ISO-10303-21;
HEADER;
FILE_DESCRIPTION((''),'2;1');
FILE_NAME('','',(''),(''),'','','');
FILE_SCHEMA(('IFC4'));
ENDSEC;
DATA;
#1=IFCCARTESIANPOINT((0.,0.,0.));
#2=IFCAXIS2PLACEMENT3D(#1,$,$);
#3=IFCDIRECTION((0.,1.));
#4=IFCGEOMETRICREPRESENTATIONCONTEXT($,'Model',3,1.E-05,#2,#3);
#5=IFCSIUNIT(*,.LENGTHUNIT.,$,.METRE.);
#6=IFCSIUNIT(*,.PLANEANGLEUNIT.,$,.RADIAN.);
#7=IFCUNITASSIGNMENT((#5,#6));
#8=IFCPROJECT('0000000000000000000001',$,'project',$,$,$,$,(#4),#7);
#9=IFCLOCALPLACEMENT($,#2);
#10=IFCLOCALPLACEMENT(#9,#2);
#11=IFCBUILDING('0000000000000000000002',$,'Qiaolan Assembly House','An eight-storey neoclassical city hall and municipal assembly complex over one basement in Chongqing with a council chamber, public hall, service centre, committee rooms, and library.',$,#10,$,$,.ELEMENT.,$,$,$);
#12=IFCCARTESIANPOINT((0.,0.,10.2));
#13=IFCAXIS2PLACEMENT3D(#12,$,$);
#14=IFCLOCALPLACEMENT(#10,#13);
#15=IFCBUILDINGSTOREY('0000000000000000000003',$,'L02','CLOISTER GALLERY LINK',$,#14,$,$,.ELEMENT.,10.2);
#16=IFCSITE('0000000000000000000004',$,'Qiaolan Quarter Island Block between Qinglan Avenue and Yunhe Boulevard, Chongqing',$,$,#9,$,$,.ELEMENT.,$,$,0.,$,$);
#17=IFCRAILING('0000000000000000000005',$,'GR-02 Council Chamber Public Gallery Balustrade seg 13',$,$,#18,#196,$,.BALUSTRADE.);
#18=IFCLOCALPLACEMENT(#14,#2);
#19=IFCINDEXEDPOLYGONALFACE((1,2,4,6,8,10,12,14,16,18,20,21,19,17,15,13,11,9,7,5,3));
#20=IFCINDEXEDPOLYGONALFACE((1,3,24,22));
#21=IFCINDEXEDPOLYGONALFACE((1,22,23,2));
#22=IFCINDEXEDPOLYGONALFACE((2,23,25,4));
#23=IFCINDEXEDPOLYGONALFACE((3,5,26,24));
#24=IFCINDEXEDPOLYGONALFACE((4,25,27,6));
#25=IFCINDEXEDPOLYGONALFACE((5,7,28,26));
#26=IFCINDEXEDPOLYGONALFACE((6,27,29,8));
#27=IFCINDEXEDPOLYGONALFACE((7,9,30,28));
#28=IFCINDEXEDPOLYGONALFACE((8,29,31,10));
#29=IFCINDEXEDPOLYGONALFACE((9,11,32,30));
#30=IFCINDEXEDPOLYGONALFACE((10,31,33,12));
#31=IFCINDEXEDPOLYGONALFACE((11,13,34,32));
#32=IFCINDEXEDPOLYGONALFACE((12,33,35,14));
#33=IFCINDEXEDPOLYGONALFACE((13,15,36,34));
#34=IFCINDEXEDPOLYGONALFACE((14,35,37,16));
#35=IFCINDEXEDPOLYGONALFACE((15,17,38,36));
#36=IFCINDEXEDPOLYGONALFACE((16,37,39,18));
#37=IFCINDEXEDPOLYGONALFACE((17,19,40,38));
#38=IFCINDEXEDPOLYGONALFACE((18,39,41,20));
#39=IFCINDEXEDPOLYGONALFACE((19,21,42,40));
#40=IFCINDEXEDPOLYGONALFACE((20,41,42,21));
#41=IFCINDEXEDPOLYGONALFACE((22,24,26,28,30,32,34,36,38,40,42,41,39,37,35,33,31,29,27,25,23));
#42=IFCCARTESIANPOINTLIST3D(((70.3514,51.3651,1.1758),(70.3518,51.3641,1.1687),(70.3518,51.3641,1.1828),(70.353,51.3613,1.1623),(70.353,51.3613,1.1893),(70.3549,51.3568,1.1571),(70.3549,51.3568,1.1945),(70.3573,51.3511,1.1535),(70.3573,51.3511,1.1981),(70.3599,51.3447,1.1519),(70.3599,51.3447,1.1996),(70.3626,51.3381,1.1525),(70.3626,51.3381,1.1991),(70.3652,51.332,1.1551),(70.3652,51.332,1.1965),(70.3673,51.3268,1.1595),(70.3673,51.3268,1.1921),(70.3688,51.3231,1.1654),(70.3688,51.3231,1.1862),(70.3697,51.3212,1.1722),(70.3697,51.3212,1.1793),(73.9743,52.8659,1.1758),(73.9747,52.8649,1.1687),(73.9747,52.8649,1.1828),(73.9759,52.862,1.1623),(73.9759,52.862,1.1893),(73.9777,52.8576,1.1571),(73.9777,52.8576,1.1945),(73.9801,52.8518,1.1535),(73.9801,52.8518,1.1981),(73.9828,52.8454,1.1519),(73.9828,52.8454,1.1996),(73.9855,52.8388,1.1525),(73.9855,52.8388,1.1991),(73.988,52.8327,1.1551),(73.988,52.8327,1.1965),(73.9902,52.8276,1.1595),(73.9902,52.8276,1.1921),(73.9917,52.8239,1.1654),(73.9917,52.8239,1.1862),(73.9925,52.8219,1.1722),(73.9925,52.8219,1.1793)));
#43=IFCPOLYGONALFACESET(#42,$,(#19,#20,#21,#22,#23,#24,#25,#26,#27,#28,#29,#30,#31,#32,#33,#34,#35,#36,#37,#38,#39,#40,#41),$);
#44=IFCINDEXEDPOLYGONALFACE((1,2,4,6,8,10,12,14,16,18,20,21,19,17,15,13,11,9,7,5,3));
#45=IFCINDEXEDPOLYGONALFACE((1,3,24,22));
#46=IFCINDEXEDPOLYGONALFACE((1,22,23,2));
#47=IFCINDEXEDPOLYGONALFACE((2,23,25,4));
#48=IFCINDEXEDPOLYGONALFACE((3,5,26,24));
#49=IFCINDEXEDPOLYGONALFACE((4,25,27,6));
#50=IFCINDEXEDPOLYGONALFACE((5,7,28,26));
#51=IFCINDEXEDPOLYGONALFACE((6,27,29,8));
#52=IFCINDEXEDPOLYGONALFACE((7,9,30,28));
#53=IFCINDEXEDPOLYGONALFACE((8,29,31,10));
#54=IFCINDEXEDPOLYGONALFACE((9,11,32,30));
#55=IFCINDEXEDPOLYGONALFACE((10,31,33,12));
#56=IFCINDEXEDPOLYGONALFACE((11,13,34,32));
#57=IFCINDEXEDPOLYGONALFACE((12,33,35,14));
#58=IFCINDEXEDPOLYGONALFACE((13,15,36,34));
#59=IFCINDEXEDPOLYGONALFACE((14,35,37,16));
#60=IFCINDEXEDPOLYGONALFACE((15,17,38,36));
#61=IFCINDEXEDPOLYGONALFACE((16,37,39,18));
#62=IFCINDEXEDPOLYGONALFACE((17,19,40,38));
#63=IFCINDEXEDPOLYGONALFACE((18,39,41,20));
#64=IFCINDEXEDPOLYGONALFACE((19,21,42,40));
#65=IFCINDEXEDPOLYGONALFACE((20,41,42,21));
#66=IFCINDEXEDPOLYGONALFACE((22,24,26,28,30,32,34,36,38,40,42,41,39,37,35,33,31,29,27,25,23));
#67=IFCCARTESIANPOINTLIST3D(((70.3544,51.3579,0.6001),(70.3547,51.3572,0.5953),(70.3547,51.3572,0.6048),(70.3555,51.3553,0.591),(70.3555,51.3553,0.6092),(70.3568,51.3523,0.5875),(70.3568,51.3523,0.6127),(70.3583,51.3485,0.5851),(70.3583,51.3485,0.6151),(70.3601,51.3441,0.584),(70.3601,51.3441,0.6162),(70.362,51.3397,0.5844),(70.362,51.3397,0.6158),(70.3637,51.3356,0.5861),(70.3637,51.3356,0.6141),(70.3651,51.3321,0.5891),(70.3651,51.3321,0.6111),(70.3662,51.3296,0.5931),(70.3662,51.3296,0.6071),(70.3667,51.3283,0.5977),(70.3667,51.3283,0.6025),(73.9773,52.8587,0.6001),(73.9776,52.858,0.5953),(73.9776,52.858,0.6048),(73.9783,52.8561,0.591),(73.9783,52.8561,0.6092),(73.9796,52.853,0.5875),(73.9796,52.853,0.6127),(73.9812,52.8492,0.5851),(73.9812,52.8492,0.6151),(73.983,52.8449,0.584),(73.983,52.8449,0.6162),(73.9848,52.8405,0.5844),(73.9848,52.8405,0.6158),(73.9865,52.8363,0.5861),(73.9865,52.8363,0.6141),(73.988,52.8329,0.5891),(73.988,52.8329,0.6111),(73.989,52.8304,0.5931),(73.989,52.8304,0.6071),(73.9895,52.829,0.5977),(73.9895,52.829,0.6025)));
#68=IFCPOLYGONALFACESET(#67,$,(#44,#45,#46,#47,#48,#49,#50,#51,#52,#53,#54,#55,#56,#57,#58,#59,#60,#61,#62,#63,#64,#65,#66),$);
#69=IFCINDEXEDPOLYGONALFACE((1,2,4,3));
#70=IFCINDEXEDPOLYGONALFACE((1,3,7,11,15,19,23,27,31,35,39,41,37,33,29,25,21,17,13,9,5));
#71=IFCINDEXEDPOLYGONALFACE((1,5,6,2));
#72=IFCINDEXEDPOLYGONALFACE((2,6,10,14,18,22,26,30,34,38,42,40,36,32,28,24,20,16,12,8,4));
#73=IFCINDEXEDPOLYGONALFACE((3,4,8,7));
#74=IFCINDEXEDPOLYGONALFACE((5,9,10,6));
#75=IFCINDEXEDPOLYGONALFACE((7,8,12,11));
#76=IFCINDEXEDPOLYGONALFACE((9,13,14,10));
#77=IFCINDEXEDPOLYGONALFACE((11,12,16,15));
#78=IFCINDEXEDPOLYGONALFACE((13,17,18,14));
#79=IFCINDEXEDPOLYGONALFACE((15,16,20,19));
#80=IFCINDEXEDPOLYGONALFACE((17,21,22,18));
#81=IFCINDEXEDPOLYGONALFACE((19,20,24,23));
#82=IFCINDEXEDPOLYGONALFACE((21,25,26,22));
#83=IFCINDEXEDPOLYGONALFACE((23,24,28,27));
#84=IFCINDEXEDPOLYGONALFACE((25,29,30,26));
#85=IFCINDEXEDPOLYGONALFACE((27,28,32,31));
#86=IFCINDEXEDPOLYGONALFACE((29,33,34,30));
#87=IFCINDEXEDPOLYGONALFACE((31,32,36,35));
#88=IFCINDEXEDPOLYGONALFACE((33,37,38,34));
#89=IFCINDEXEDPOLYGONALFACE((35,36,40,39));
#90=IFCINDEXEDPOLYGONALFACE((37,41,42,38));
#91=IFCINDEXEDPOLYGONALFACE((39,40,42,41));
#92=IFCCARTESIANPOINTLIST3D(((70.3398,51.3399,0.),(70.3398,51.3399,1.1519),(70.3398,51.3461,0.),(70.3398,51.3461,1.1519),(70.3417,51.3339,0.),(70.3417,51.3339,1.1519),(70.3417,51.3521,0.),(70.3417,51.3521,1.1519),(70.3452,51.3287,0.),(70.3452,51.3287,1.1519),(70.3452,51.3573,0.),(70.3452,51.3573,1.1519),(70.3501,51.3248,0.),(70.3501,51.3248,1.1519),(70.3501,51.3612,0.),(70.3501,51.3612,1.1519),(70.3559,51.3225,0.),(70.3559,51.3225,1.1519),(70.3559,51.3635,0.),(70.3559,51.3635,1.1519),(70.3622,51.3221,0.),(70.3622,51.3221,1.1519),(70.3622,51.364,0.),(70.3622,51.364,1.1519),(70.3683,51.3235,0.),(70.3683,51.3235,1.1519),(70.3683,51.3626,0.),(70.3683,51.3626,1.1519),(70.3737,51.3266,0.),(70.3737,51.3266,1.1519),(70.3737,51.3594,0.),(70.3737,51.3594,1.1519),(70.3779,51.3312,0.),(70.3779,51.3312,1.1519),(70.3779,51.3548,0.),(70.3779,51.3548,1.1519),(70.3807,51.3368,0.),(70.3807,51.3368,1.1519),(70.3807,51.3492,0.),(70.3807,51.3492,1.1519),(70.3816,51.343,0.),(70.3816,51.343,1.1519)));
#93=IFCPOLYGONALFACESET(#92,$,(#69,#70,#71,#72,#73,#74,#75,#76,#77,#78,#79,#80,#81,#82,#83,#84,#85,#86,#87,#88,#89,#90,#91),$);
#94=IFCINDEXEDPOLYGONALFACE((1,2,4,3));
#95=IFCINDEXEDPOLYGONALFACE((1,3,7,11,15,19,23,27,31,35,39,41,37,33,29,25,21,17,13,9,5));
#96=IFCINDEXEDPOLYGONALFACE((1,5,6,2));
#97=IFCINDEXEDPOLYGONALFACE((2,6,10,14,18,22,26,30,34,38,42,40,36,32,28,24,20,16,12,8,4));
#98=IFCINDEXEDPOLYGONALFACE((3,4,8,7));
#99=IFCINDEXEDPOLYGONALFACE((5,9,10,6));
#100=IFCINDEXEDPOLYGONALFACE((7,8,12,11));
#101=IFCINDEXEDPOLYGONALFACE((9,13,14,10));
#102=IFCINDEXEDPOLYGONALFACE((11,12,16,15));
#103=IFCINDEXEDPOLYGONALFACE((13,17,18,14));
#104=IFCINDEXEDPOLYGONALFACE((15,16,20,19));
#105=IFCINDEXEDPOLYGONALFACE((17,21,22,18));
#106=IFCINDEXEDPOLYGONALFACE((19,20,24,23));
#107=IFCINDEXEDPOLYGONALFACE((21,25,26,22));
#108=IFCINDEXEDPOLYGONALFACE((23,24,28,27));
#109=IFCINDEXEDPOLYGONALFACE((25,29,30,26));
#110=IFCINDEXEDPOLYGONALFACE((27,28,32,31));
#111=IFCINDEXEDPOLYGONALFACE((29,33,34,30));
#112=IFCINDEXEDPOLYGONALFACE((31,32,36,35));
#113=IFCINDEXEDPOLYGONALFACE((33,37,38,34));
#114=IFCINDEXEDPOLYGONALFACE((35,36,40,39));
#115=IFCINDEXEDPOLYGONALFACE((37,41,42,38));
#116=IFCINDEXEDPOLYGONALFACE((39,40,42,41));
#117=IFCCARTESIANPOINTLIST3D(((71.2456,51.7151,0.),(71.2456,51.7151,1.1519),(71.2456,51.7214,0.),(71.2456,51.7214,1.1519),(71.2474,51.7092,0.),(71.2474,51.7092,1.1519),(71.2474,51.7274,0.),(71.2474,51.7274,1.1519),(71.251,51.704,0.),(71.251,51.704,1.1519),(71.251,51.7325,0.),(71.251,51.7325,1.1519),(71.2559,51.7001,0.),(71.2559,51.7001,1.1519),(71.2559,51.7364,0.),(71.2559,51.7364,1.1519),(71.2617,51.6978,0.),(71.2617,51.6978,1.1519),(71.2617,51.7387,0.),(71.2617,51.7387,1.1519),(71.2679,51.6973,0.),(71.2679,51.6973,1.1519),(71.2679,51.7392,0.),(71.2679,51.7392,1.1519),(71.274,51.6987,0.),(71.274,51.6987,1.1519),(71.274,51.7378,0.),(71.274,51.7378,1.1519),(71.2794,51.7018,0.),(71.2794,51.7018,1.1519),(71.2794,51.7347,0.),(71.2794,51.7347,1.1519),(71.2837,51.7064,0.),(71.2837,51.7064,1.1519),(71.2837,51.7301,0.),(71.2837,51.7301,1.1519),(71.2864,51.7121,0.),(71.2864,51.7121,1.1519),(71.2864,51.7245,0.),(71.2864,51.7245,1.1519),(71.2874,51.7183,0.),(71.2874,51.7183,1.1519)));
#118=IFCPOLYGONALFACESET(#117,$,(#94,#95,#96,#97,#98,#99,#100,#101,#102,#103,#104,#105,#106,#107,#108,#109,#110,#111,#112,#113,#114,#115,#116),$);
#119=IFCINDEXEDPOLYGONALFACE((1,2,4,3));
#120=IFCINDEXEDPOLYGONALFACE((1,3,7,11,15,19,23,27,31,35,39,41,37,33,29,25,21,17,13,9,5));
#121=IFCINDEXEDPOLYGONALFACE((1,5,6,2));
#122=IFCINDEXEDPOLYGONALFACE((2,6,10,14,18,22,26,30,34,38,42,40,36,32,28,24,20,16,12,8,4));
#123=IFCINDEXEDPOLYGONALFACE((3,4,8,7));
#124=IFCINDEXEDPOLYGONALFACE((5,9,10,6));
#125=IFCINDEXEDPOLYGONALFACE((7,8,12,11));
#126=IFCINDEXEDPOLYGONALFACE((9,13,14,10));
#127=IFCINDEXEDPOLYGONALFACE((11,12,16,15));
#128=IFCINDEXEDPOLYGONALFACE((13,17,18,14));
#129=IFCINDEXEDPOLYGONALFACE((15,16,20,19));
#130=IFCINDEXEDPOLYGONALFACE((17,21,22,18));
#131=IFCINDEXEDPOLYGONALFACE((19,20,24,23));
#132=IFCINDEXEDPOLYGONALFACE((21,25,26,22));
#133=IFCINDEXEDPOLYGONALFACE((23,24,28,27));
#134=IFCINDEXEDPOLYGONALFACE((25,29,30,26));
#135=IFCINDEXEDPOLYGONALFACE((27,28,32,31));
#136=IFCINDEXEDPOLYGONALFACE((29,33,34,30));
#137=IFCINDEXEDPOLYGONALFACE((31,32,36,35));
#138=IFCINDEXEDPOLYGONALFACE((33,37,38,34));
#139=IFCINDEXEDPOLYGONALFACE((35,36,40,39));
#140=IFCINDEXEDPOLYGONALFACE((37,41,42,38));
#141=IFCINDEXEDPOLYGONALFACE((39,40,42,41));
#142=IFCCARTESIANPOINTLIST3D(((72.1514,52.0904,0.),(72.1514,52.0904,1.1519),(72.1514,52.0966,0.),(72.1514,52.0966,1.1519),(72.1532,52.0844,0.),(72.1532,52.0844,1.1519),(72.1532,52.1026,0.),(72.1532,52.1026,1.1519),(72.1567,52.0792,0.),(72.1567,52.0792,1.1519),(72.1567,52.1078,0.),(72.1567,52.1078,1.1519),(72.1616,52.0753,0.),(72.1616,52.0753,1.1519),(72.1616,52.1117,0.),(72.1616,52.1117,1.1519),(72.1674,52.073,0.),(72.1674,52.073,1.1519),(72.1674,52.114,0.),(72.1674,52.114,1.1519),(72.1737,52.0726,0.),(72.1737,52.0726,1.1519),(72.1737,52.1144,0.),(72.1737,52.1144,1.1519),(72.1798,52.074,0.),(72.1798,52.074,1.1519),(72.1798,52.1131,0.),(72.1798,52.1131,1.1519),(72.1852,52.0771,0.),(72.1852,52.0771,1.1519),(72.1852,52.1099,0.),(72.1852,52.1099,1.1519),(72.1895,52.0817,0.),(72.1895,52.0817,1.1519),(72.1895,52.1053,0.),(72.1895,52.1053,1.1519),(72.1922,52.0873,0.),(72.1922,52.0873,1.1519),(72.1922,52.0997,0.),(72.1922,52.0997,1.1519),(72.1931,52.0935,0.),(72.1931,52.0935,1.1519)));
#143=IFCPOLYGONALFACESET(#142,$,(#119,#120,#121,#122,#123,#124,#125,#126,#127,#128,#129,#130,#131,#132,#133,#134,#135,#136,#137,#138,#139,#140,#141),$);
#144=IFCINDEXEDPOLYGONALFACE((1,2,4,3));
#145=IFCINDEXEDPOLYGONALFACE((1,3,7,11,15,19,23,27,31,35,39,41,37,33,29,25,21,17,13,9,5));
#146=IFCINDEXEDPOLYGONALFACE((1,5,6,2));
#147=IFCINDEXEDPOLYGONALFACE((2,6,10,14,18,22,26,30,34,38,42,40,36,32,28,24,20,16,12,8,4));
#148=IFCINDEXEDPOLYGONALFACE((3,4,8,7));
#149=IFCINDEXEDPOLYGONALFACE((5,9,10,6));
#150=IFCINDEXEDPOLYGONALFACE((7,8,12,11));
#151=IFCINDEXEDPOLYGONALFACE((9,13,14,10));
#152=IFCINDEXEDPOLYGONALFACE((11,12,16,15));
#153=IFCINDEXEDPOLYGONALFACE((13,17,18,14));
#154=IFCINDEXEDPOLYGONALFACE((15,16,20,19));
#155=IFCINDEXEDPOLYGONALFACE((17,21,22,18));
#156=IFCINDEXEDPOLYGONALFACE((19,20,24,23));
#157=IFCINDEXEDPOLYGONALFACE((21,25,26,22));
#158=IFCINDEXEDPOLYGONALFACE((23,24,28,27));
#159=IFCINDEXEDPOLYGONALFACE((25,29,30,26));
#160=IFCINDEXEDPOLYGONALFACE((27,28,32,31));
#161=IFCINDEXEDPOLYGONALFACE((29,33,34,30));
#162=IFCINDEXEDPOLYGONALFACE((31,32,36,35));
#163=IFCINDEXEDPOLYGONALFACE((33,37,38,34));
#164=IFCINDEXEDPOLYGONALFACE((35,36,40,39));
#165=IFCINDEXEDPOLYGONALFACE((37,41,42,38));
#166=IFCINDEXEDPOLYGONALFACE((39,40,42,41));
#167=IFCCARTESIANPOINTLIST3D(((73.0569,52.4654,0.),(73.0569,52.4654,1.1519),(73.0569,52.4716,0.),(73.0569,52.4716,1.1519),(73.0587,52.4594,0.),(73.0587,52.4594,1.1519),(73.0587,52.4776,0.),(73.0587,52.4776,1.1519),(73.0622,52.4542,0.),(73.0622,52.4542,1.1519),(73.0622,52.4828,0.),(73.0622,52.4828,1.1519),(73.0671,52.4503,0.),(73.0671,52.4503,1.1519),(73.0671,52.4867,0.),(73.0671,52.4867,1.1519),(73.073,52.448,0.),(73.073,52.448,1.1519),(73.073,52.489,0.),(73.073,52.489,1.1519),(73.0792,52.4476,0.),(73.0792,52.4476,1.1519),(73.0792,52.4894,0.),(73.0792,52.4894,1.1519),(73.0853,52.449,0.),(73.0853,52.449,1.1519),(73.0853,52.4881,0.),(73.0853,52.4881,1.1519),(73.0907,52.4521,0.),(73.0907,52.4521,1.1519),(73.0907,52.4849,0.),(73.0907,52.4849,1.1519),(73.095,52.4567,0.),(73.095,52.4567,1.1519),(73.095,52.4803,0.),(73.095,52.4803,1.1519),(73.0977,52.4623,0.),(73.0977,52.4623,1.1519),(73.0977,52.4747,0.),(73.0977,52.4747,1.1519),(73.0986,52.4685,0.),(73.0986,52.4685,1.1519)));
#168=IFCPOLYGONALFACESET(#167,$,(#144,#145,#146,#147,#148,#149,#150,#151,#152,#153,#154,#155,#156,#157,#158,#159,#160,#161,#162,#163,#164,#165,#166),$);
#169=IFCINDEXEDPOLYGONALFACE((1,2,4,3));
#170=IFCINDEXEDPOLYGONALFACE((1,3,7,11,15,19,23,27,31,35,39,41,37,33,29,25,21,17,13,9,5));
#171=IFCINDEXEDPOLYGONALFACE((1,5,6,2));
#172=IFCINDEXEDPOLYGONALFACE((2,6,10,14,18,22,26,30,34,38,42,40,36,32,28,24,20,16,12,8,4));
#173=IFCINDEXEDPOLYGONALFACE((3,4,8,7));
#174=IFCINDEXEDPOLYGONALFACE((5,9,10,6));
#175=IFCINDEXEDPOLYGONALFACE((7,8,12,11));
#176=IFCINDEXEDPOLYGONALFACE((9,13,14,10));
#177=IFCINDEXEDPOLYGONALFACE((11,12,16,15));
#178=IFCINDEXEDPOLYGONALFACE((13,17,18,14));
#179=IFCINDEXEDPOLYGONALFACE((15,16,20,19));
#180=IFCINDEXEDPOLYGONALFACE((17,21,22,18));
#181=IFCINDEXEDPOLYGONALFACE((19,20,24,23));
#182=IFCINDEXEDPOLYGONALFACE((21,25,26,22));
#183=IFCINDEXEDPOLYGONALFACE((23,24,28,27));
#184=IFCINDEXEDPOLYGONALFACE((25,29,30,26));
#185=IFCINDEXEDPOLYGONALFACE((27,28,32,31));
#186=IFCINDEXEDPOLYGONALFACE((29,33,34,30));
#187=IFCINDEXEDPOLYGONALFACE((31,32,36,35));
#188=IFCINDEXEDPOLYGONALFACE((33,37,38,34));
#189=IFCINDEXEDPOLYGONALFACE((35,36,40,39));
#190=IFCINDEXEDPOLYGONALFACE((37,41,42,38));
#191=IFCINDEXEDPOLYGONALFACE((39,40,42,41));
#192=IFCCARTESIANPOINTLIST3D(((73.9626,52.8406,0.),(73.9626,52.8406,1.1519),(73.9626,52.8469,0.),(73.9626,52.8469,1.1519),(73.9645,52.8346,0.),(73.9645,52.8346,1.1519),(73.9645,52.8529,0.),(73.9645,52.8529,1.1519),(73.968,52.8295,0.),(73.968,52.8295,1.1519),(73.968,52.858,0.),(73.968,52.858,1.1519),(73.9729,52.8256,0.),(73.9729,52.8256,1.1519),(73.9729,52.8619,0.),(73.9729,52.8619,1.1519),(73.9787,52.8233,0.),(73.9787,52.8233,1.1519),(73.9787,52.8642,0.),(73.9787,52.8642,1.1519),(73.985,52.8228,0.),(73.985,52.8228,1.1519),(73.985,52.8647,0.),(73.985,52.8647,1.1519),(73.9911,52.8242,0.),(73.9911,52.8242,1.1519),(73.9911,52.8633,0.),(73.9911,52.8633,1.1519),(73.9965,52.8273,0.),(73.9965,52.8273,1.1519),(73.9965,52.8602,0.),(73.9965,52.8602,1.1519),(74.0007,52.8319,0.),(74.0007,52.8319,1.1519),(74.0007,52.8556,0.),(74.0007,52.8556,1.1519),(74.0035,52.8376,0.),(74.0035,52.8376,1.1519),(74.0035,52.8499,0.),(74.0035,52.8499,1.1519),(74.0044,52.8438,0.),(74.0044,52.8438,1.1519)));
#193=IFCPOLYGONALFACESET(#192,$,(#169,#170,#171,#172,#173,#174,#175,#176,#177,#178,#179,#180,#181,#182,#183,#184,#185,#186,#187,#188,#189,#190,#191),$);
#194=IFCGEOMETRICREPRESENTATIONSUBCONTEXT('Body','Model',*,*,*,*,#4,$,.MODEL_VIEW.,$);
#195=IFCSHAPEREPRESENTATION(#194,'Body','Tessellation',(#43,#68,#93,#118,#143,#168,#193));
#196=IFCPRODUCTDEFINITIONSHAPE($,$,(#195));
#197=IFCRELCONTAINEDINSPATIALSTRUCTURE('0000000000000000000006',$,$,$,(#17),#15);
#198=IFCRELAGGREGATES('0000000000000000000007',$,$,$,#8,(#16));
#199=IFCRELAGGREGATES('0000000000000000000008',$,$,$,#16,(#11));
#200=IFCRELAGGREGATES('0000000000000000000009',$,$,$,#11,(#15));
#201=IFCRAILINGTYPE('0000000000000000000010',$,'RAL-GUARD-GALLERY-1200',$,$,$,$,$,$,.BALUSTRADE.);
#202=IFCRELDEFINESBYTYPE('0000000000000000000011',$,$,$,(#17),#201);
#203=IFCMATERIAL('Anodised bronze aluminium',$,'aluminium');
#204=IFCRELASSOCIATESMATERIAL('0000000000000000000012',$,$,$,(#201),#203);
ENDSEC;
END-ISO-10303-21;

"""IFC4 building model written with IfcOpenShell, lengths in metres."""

from ifc_helpers import new_model, si_unit, direction, frame, origin, origin_2d, place, context, subcontext, project, spatial, circle, extrude, material, type_object, element, save


model = new_model("IFC4")

# Units and contexts
model_context = context("Model", 3, precision=1e-05, world=origin(), true_north=direction((0.0, 1.0)))
body_context = subcontext(model_context, "Body", "Model", "MODEL_VIEW")
ifc_project = project(units=[si_unit("LENGTHUNIT", "METRE"), si_unit("PLANEANGLEUNIT", "RADIAN")], contexts=[model_context])

# Site, building, storey
site_placement = place(None, origin())
site = spatial("IfcSite", under=ifc_project, at=site_placement, Name="Qiaolan Quarter Island Block between Qinglan Avenue and Yunhe Boulevard, Chongqing", CompositionType="ELEMENT", RefElevation=0.0)
building_placement = place(site_placement, origin())
building = spatial("IfcBuilding", under=site, at=building_placement, Name="Qiaolan Assembly House", Description="An eight-storey neoclassical city hall and municipal assembly complex over one basement in Chongqing with a council chamber, public hall, service centre, committee rooms, and library.", CompositionType="ELEMENT")
storey_placement = place(building_placement, frame((0.0, 0.0, 10.2)))
storey = spatial("IfcBuildingStorey", under=building, at=storey_placement, Name="L02", Description="CLOISTER GALLERY LINK", CompositionType="ELEMENT", Elevation=10.2)

# Railing
ifc_material_1 = material(Name="Anodised bronze aluminium", Category="aluminium")
railing_type = type_object("IfcRailingType", Name="RAL-GUARD-GALLERY-1200", PredefinedType="BALUSTRADE", material=ifc_material_1)
railing_1_placement = place(storey_placement, frame((70.3606, 51.343, 0.0)))
element("IfcRailing", 1, at=railing_1_placement, inside=storey, type_object=railing_type, Name="GR-02 Council Chamber Public Gallery Balustrade seg 13", PredefinedType="BALUSTRADE", context=body_context, shape_type="SweptSolid", body=[
    extrude(circle(Radius=0.0239, at=origin_2d()), frame((0.0, 0.0, 1.1758), z_axis=(0.923869, 0.382709, 0.0), x_axis=(-0.382709, 0.923869, 0.0)), (0.0, 0.0, 1.0), 3.9214),
    extrude(circle(Radius=0.0161, at=origin_2d()), frame((0.0, 0.0, 0.6001), z_axis=(0.923869, 0.382709, 0.0), x_axis=(-0.382709, 0.923869, 0.0)), (0.0, 0.0, 1.0), 3.9214),
    extrude(circle(Radius=0.021, at=origin_2d()), origin(), (0.0, 0.0, 1.0), 1.1519),
    extrude(circle(Radius=0.021, at=origin_2d()), frame((0.9058, 0.3752, 0.0)), (0.0, 0.0, 1.0), 1.1519),
    extrude(circle(Radius=0.021, at=origin_2d()), frame((1.8115, 0.7505, 0.0)), (0.0, 0.0, 1.0), 1.1519),
    extrude(circle(Radius=0.021, at=origin_2d()), frame((2.717, 1.1255, 0.0)), (0.0, 0.0, 1.0), 1.1519),
    extrude(circle(Radius=0.021, at=origin_2d()), frame((3.6228, 1.5007, 0.0)), (0.0, 0.0, 1.0), 1.1519),
])

save(model, "model.ifc")
